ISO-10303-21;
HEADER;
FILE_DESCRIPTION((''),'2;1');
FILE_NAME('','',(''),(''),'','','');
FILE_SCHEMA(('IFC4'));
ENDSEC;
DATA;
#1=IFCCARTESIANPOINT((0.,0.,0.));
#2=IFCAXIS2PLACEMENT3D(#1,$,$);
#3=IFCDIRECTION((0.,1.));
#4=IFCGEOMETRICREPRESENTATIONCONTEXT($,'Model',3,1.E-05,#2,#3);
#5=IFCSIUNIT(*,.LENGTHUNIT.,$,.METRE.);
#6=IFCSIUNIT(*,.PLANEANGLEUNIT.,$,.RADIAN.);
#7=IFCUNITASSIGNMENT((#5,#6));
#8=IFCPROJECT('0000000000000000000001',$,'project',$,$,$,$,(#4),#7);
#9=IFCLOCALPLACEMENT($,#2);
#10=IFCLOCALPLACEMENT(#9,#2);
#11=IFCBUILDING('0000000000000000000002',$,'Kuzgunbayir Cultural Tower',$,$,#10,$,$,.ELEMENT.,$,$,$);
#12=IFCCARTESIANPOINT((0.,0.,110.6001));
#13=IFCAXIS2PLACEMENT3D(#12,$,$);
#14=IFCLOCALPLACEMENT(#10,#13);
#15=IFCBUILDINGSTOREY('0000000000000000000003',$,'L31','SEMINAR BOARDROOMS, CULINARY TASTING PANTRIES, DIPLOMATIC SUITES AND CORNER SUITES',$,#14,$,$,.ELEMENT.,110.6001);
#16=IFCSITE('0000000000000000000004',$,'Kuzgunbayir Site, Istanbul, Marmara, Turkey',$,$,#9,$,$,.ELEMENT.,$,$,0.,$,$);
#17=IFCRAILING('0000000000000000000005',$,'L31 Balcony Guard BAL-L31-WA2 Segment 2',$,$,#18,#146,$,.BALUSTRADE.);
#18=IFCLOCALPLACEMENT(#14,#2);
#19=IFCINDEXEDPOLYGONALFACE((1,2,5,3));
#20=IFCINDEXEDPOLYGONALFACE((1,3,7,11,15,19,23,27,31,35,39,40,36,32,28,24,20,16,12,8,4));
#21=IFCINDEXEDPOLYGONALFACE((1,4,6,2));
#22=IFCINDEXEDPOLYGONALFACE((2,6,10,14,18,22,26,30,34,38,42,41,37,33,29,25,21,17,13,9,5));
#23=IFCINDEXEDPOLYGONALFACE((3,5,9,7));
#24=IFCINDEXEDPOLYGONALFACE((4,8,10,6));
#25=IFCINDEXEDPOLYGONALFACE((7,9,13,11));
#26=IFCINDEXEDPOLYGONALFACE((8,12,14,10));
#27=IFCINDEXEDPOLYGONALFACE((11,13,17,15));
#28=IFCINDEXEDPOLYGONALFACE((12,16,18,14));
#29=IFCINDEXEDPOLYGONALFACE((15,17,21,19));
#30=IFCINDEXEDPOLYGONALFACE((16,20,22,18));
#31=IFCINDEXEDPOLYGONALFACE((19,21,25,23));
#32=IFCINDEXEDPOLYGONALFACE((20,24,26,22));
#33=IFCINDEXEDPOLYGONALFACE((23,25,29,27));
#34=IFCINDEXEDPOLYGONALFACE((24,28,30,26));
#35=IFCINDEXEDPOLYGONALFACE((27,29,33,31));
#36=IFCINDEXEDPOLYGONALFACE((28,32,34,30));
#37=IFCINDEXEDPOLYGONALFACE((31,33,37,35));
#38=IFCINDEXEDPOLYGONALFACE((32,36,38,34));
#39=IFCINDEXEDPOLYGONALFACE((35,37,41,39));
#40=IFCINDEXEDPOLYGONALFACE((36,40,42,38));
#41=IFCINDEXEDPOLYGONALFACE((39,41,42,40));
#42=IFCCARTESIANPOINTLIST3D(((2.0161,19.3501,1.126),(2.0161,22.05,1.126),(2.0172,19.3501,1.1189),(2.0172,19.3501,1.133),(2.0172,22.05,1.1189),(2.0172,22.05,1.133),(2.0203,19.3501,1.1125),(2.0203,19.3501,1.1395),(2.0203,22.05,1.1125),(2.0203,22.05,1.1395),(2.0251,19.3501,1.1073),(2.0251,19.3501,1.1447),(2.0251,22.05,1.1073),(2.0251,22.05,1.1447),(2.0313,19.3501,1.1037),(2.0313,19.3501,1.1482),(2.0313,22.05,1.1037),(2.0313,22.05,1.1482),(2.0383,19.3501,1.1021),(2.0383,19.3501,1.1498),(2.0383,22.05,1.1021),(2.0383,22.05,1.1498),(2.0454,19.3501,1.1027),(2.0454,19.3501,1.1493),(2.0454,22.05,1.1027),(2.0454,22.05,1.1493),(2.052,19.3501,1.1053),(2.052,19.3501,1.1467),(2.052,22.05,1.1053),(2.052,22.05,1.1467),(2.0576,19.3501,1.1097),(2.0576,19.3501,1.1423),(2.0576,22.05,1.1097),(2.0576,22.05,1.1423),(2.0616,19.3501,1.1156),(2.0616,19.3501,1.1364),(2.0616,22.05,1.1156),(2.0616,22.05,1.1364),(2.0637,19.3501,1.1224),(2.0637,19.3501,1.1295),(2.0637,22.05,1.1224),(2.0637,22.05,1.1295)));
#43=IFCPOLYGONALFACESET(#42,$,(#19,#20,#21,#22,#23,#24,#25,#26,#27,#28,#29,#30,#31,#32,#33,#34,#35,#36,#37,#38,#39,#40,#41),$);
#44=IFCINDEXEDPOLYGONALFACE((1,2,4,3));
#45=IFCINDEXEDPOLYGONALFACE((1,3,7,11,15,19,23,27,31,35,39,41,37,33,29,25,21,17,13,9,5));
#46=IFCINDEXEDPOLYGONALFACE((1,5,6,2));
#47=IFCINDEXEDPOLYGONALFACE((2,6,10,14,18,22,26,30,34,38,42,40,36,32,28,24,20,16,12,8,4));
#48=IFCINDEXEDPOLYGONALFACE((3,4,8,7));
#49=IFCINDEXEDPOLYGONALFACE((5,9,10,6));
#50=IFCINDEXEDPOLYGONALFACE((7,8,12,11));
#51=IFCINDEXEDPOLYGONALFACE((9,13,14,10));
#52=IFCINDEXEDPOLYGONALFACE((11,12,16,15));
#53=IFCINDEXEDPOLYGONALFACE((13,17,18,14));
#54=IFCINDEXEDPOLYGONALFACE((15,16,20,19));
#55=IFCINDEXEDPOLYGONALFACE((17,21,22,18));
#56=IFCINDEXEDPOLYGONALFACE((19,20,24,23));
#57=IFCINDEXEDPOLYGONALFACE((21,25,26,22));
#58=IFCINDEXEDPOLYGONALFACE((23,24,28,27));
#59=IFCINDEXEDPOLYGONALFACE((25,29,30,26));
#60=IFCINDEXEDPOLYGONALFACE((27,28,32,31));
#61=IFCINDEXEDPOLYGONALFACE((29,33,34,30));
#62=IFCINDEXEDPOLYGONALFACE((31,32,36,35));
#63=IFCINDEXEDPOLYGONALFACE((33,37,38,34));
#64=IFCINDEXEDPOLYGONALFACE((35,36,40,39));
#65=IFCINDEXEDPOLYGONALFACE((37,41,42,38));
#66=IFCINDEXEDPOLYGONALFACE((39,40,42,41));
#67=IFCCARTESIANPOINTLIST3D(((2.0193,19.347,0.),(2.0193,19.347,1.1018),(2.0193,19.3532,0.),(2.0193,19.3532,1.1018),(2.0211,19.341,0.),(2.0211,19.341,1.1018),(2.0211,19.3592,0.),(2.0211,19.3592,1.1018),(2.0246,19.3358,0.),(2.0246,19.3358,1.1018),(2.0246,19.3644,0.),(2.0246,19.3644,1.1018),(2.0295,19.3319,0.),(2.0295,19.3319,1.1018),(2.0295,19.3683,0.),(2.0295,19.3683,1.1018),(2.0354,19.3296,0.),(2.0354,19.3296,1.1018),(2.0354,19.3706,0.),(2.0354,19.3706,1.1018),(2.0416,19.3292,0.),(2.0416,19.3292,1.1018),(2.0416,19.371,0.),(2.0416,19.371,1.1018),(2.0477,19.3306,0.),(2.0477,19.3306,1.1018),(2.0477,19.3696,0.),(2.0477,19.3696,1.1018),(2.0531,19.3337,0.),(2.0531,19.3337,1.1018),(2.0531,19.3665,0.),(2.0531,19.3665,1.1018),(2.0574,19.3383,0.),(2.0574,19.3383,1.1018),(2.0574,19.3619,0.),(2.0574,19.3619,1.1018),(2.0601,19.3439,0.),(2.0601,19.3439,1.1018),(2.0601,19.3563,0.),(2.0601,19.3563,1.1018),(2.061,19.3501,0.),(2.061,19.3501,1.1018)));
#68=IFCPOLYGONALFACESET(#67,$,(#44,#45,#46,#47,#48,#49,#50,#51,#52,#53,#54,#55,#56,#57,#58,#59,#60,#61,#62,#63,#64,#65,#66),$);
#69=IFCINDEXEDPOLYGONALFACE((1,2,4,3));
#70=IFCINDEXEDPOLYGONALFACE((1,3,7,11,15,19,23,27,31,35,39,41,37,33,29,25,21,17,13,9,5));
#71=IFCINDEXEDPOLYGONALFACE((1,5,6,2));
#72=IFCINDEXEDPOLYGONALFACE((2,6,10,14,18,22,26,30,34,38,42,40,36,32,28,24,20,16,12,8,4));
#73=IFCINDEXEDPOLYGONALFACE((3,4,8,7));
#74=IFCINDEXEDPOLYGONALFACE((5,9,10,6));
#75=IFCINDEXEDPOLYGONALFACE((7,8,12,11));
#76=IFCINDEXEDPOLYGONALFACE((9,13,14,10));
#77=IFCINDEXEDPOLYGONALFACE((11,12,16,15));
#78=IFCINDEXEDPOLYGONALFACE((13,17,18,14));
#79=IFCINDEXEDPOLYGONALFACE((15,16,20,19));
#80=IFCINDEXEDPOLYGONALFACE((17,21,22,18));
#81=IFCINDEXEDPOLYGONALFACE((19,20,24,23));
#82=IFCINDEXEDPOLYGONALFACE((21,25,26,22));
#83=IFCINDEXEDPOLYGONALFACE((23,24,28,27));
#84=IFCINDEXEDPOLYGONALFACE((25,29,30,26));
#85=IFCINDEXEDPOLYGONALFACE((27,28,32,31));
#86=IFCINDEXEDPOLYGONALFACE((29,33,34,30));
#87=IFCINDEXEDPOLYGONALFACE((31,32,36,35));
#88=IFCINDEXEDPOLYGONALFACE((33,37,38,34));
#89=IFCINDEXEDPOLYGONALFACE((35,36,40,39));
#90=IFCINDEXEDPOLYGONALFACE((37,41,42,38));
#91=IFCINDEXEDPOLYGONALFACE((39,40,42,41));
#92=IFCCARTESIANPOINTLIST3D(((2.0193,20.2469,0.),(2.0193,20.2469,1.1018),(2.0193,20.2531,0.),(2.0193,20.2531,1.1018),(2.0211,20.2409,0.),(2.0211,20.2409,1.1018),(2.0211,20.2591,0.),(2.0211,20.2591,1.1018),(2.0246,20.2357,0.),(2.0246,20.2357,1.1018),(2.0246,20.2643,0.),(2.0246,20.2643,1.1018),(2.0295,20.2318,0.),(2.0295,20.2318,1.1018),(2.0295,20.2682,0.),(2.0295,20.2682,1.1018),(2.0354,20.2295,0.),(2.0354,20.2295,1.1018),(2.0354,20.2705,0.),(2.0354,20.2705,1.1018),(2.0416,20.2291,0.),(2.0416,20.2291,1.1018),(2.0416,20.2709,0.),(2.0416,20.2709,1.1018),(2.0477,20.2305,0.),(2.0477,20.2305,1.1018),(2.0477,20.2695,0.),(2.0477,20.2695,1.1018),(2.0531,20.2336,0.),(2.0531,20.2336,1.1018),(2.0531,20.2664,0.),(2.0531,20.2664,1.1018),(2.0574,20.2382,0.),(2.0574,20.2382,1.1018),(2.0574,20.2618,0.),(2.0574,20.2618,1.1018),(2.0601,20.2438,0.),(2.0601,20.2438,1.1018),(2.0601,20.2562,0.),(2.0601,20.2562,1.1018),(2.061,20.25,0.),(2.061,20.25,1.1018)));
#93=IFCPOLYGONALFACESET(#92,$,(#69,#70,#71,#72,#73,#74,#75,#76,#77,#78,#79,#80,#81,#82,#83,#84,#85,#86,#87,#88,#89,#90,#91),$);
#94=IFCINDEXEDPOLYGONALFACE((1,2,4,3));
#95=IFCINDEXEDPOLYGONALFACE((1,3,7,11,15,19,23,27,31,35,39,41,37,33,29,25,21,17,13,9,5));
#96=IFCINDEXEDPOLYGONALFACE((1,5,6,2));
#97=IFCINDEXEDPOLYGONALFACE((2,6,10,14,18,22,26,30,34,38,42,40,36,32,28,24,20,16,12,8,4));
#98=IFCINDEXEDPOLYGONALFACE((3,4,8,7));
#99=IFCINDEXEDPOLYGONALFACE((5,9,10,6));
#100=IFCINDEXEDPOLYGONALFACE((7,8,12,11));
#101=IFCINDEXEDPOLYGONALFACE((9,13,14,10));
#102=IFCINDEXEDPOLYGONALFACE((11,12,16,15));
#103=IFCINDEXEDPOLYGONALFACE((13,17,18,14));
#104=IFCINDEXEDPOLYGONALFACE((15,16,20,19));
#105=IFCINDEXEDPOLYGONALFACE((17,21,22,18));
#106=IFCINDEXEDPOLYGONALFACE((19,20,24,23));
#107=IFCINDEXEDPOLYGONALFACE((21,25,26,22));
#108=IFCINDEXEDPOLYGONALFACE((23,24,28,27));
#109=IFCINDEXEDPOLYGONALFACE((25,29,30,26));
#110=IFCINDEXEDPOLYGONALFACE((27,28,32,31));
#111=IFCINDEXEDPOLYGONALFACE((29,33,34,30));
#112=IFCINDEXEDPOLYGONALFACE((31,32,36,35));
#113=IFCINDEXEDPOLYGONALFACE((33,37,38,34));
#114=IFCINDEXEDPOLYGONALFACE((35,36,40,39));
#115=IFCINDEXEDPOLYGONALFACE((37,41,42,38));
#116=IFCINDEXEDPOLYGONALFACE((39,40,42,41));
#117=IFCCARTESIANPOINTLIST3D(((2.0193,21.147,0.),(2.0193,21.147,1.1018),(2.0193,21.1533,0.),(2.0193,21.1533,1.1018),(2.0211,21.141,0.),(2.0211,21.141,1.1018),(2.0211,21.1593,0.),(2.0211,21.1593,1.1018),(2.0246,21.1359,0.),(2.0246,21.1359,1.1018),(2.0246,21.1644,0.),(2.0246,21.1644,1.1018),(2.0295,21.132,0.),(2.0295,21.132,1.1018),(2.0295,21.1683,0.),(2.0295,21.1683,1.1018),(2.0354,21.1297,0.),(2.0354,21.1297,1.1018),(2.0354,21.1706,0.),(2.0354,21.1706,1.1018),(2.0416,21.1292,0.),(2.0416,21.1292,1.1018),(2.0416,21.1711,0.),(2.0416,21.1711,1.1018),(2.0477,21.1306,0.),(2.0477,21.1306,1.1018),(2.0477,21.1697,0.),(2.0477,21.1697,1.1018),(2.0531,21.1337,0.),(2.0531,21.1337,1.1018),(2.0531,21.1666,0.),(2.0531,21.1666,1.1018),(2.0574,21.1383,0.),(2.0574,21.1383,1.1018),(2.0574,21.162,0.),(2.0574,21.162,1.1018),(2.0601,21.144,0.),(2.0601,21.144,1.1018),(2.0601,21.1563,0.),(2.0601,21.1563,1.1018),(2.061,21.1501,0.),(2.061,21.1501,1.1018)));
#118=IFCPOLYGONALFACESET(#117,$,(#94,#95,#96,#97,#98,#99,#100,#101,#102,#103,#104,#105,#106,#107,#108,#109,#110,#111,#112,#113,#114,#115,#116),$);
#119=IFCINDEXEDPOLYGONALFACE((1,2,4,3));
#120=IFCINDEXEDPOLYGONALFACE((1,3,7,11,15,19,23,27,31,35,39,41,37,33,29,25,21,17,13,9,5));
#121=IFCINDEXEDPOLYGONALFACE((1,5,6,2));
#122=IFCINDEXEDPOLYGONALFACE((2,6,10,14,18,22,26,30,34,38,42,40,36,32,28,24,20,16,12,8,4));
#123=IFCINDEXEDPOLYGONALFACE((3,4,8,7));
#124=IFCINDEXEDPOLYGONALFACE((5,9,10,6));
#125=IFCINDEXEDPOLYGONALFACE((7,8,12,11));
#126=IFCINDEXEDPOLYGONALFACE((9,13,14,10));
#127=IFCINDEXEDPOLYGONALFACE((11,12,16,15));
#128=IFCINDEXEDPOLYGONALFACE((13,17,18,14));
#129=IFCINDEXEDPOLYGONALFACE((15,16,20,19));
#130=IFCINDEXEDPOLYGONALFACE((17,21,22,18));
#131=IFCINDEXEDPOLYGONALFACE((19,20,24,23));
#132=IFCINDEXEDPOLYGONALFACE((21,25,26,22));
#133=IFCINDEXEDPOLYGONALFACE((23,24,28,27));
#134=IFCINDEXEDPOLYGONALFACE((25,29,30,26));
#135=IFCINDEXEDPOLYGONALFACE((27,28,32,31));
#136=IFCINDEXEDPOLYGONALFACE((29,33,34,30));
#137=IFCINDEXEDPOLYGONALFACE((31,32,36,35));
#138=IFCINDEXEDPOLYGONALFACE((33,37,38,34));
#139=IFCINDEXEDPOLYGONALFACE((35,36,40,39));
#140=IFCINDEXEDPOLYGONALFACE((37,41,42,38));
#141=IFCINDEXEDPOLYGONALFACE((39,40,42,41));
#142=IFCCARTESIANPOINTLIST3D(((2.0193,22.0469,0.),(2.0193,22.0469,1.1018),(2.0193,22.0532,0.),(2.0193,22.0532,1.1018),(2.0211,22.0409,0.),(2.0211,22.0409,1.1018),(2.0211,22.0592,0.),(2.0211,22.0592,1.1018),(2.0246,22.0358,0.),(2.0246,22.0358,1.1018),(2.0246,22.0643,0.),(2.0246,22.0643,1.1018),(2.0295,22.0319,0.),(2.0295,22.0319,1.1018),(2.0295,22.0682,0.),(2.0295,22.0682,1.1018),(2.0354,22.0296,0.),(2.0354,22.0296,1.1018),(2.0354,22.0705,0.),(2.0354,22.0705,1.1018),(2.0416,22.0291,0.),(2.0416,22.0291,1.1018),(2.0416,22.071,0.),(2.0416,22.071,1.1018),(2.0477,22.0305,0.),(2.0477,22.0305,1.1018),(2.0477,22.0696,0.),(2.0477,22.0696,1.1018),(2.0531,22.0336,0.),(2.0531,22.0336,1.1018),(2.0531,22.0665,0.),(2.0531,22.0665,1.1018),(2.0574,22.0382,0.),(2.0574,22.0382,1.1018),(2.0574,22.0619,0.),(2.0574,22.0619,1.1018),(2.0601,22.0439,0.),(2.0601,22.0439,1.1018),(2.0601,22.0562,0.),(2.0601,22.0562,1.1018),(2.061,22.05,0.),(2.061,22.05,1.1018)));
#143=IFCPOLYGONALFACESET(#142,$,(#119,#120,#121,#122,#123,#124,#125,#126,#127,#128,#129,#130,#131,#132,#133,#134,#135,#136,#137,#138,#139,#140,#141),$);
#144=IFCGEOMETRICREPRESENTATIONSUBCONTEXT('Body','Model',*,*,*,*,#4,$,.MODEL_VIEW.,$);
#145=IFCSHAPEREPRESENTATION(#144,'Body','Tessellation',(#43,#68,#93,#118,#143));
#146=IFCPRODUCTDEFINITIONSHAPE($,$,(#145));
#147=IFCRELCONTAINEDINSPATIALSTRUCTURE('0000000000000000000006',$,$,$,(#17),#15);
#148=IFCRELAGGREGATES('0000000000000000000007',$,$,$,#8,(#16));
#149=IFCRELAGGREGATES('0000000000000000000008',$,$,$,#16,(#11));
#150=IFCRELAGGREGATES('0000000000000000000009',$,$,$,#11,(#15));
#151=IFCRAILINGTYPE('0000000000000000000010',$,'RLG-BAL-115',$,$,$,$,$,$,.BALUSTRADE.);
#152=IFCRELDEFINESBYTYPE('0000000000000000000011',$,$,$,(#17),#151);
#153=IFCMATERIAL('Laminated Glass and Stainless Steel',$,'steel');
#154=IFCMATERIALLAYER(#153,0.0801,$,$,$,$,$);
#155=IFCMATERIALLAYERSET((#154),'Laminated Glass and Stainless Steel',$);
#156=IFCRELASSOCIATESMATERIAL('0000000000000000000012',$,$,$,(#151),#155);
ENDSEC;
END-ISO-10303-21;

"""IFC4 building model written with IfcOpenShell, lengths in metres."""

from ifc_helpers import new_model, si_unit, direction, frame, origin, origin_2d, place, context, subcontext, project, spatial, circle, extrude, material, layer, layer_set, type_object, element, save


model = new_model("IFC4")

# Units and contexts
model_context = context("Model", 3, precision=1e-05, world=origin(), true_north=direction((0.0, 1.0)))
body_context = subcontext(model_context, "Body", "Model", "MODEL_VIEW")
ifc_project = project(units=[si_unit("LENGTHUNIT", "METRE"), si_unit("PLANEANGLEUNIT", "RADIAN")], contexts=[model_context])

# Site, building, storey
site_placement = place(None, origin())
site = spatial("IfcSite", under=ifc_project, at=site_placement, Name="Kuzgunbayir Site, Istanbul, Marmara, Turkey", CompositionType="ELEMENT", RefElevation=0.0)
building_placement = place(site_placement, origin())
building = spatial("IfcBuilding", under=site, at=building_placement, Name="Kuzgunbayir Cultural Tower", CompositionType="ELEMENT")
storey_placement = place(building_placement, frame((0.0, 0.0, 110.6001)))
storey = spatial("IfcBuildingStorey", under=building, at=storey_placement, Name="L31", Description="SEMINAR BOARDROOMS, CULINARY TASTING PANTRIES, DIPLOMATIC SUITES AND CORNER SUITES", CompositionType="ELEMENT", Elevation=110.6001)

# Railing
ifc_material_1 = material(Name="Laminated Glass and Stainless Steel", Category="steel")
ifc_layer_1 = layer(ifc_material_1, 0.0801)
ifc_layer_set_1 = layer_set([ifc_layer_1], Name="Laminated Glass and Stainless Steel")
railing_type = type_object("IfcRailingType", Name="RLG-BAL-115", PredefinedType="BALUSTRADE", material=ifc_layer_set_1)
railing_1_placement = place(storey_placement, frame((2.04, 19.3501, 0.0)))
element("IfcRailing", 1, at=railing_1_placement, inside=storey, type_object=railing_type, Name="L31 Balcony Guard BAL-L31-WA2 Segment 2", PredefinedType="BALUSTRADE", context=body_context, shape_type="SweptSolid", body=[
    extrude(circle(Radius=0.0239, at=origin_2d()), frame((0.0, 0.0, 1.126), z_axis=(0.0, 1.0, 0.0), x_axis=(-1.0, 0.0, 0.0)), (0.0, 0.0, 1.0), 2.7),
    extrude(circle(Radius=0.021, at=origin_2d()), origin(), (0.0, 0.0, 1.0), 1.1018),
    extrude(circle(Radius=0.021, at=origin_2d()), frame((0.0, 0.8999, 0.0)), (0.0, 0.0, 1.0), 1.1018),
    extrude(circle(Radius=0.021, at=origin_2d()), frame((0.0, 1.8, 0.0)), (0.0, 0.0, 1.0), 1.1018),
    extrude(circle(Radius=0.021, at=origin_2d()), frame((0.0, 2.7, 0.0)), (0.0, 0.0, 1.0), 1.1018),
])

save(model, "model.ifc")
